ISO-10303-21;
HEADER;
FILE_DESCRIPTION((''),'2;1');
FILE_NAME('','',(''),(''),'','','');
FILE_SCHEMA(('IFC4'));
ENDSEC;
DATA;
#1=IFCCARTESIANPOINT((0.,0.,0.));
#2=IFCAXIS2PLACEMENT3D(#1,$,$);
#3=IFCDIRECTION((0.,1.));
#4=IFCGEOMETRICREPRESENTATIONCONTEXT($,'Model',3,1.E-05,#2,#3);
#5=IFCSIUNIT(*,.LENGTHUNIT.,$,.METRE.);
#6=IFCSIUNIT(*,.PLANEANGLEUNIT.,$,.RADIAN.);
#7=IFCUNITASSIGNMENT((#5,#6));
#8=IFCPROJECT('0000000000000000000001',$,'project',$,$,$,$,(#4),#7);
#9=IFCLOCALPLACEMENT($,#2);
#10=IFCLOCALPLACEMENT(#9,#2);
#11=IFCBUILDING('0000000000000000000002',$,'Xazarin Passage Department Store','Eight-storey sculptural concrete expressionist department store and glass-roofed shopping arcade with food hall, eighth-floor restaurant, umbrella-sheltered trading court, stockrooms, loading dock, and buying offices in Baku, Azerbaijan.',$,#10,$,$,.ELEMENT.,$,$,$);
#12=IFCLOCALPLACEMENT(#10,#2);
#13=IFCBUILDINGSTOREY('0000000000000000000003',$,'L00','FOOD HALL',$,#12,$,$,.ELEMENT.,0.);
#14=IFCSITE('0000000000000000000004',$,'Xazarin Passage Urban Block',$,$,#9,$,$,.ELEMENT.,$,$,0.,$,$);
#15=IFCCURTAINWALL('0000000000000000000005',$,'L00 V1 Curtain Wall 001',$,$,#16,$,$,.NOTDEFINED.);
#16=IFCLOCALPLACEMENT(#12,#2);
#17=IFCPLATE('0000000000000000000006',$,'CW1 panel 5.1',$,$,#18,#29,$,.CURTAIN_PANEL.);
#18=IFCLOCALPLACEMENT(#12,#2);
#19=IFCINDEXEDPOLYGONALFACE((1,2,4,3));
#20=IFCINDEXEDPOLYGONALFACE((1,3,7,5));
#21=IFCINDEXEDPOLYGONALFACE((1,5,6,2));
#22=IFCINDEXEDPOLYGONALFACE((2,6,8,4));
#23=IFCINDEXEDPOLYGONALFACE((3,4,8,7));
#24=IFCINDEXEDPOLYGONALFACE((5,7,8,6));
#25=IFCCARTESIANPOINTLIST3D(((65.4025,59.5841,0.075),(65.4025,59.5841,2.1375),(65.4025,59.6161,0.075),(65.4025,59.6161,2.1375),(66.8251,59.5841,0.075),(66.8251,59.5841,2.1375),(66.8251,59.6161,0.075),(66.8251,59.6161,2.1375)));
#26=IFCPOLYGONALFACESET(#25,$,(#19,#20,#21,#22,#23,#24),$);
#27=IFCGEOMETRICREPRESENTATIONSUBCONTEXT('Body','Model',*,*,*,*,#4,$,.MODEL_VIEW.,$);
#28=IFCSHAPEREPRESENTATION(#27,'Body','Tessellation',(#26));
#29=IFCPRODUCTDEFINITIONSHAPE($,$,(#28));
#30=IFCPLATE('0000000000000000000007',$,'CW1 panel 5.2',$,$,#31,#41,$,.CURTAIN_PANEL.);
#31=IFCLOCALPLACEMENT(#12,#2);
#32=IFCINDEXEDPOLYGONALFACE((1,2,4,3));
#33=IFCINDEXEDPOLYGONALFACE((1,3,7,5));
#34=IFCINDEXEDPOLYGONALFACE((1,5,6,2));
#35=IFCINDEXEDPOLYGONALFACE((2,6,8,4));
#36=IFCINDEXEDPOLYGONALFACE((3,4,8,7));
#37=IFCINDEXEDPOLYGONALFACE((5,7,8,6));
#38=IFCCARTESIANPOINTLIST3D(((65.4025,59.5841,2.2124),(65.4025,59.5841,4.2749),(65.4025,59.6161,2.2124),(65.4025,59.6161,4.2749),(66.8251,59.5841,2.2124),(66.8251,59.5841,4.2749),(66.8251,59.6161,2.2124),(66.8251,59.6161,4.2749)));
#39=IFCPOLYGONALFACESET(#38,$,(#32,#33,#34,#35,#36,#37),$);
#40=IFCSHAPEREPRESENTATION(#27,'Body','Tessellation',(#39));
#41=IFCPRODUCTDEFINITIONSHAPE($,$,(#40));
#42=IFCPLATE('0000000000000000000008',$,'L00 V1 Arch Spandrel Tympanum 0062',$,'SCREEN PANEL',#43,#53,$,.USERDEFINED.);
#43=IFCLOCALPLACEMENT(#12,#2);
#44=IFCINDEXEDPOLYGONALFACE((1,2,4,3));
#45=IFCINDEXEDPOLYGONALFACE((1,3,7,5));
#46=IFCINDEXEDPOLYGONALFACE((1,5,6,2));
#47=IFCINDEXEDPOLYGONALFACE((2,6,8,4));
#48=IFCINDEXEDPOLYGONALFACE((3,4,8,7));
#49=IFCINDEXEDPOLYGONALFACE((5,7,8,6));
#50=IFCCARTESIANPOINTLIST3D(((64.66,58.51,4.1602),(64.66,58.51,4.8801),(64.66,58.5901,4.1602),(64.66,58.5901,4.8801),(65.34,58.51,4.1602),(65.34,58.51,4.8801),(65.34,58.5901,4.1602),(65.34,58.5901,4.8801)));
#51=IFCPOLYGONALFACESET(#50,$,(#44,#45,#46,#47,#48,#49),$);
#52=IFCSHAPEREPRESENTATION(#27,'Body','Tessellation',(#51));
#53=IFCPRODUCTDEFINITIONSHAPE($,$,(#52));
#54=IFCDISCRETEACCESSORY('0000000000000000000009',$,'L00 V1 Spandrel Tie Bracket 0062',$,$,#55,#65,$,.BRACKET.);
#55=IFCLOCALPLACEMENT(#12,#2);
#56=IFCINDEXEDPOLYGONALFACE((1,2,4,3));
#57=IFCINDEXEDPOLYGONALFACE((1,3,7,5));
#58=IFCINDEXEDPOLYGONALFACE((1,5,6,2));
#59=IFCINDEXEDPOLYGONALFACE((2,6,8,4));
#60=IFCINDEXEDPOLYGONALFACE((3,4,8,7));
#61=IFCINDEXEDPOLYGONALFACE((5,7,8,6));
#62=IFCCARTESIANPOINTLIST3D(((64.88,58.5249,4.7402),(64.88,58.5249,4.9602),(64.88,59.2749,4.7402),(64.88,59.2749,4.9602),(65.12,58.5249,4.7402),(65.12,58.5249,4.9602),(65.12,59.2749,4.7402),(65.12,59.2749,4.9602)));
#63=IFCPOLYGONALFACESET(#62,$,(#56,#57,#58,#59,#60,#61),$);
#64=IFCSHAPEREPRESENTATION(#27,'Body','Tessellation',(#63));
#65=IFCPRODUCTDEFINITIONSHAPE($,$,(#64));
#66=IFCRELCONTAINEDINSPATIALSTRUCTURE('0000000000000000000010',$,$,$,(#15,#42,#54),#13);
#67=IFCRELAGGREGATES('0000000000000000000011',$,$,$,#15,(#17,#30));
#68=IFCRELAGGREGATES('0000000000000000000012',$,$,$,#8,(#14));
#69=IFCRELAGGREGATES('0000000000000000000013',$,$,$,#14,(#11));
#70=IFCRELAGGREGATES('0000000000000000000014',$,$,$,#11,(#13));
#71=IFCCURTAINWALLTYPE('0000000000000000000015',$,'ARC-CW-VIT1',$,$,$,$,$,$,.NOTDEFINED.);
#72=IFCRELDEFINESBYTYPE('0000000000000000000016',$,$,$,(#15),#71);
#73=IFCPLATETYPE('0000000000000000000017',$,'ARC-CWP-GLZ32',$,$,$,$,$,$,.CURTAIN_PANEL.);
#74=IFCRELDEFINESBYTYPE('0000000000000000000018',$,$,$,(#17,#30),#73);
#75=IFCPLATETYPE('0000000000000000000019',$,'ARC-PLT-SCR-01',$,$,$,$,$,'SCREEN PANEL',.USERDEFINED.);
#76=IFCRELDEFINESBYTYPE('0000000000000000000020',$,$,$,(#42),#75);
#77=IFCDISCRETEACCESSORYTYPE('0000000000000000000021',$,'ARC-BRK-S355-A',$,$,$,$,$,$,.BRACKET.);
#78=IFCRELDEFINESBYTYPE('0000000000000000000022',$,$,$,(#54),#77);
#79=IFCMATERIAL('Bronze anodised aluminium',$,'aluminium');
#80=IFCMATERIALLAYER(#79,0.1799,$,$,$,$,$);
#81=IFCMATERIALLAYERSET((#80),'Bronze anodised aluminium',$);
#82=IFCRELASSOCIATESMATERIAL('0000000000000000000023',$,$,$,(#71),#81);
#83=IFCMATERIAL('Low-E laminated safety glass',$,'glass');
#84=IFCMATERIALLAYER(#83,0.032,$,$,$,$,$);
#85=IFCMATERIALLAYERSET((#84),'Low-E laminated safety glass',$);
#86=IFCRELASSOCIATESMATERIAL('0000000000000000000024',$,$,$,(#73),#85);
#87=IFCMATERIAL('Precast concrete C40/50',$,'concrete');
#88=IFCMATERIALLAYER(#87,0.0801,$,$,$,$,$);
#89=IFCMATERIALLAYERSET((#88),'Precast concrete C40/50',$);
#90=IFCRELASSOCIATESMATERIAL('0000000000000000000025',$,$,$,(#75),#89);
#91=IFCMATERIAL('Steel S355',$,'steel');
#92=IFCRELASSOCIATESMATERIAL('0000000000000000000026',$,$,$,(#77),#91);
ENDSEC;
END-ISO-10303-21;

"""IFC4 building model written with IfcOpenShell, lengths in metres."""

from ifc_helpers import new_model, si_unit, direction, frame, origin, origin_2d, place, context, subcontext, project, spatial, rectangle, extrude, material, layer, layer_set, type_object, element, aggregate, save


model = new_model("IFC4")

# Units and contexts
model_context = context("Model", 3, precision=1e-05, world=origin(), true_north=direction((0.0, 1.0)))
body_context = subcontext(model_context, "Body", "Model", "MODEL_VIEW")
ifc_project = project(units=[si_unit("LENGTHUNIT", "METRE"), si_unit("PLANEANGLEUNIT", "RADIAN")], contexts=[model_context])

# Site, building, storey
site_placement = place(None, origin())
site = spatial("IfcSite", under=ifc_project, at=site_placement, Name="Xazarin Passage Urban Block", CompositionType="ELEMENT", RefElevation=0.0)
building_placement = place(site_placement, origin())
building = spatial("IfcBuilding", under=site, at=building_placement, Name="Xazarin Passage Department Store", Description="Eight-storey sculptural concrete expressionist department store and glass-roofed shopping arcade with food hall, eighth-floor restaurant, umbrella-sheltered trading court, stockrooms, loading dock, and buying offices in Baku, Azerbaijan.", CompositionType="ELEMENT")
storey_placement = place(building_placement, origin())
storey = spatial("IfcBuildingStorey", under=building, at=storey_placement, Name="L00", Description="FOOD HALL", CompositionType="ELEMENT", Elevation=0.0)

# Curtain wall
ifc_material_1 = material(Name="Bronze anodised aluminium", Category="aluminium")
ifc_layer_1 = layer(ifc_material_1, 0.1799)
ifc_layer_set_1 = layer_set([ifc_layer_1], Name="Bronze anodised aluminium")
curtain_wall_type = type_object("IfcCurtainWallType", Name="ARC-CW-VIT1", PredefinedType="NOTDEFINED", material=ifc_layer_set_1)
curtain_wall_placement = place(storey_placement, origin())
curtain_wall = element("IfcCurtainWall", 1, at=curtain_wall_placement, inside=storey, type_object=curtain_wall_type, Name="L00 V1 Curtain Wall 001", PredefinedType="NOTDEFINED")

# Plates
ifc_material_2 = material(Name="Low-E laminated safety glass", Category="glass")
ifc_layer_2 = layer(ifc_material_2, 0.032)
ifc_layer_set_2 = layer_set([ifc_layer_2], Name="Low-E laminated safety glass")
plate_type_1 = type_object("IfcPlateType", Name="ARC-CWP-GLZ32", PredefinedType="CURTAIN_PANEL", material=ifc_layer_set_2)
plate_1_placement = place(storey_placement, frame((66.1138, 59.6001, 0.075), z_axis=(0.0, 0.0, 1.0), x_axis=(1.0, 0.0, 0.0)))
plate_1 = element("IfcPlate", 2, at=plate_1_placement, type_object=plate_type_1, Name="CW1 panel 5.1", PredefinedType="CURTAIN_PANEL", context=body_context, shape_type="SweptSolid", body=[
    extrude(rectangle(XDim=1.4226, YDim=0.032, at=origin_2d()), origin(), (0.0, 0.0, 1.0), 2.0625),
])
plate_2_placement = place(storey_placement, frame((66.1138, 59.6001, 2.2124), z_axis=(0.0, 0.0, 1.0), x_axis=(1.0, 0.0, 0.0)))
plate_2 = element("IfcPlate", 3, at=plate_2_placement, type_object=plate_type_1, Name="CW1 panel 5.2", PredefinedType="CURTAIN_PANEL", context=body_context, shape_type="SweptSolid", body=[
    extrude(rectangle(XDim=1.4226, YDim=0.032, at=origin_2d()), origin(), (0.0, 0.0, 1.0), 2.0625),
])
aggregate(curtain_wall, [plate_1, plate_2])
ifc_material_3 = material(Name="Precast concrete C40/50", Category="concrete")
ifc_layer_3 = layer(ifc_material_3, 0.0801)
ifc_layer_set_3 = layer_set([ifc_layer_3], Name="Precast concrete C40/50")
plate_type_2 = type_object("IfcPlateType", Name="ARC-PLT-SCR-01", ElementType="SCREEN PANEL", PredefinedType="USERDEFINED", material=ifc_layer_set_3)
plate_3_placement = place(storey_placement, frame((65.0, 58.55, 4.1602), z_axis=(0.0, 0.0, 1.0), x_axis=(1.0, 0.0, 0.0)))
element("IfcPlate", 4, at=plate_3_placement, inside=storey, type_object=plate_type_2, Name="L00 V1 Arch Spandrel Tympanum 0062", ObjectType="SCREEN PANEL", PredefinedType="USERDEFINED", context=body_context, shape_type="SweptSolid", body=[
    extrude(rectangle(XDim=0.6799, YDim=0.0801, at=origin_2d()), origin(), (0.0, 0.0, 1.0), 0.72),
])

# Discrete accessory
ifc_material_4 = material(Name="Steel S355", Category="steel")
discrete_accessory_type = type_object("IfcDiscreteAccessoryType", Name="ARC-BRK-S355-A", PredefinedType="BRACKET", material=ifc_material_4)
discrete_accessory_placement = place(storey_placement, frame((65.0, 58.8999, 4.7402), z_axis=(0.0, 0.0, 1.0), x_axis=(1.0, 0.0, 0.0)))
element("IfcDiscreteAccessory", 5, at=discrete_accessory_placement, inside=storey, type_object=discrete_accessory_type, Name="L00 V1 Spandrel Tie Bracket 0062", PredefinedType="BRACKET", context=body_context, shape_type="SweptSolid", body=[
    extrude(rectangle(XDim=0.24, YDim=0.75, at=origin_2d()), origin(), (0.0, 0.0, 1.0), 0.22),
])

save(model, "model.ifc")
